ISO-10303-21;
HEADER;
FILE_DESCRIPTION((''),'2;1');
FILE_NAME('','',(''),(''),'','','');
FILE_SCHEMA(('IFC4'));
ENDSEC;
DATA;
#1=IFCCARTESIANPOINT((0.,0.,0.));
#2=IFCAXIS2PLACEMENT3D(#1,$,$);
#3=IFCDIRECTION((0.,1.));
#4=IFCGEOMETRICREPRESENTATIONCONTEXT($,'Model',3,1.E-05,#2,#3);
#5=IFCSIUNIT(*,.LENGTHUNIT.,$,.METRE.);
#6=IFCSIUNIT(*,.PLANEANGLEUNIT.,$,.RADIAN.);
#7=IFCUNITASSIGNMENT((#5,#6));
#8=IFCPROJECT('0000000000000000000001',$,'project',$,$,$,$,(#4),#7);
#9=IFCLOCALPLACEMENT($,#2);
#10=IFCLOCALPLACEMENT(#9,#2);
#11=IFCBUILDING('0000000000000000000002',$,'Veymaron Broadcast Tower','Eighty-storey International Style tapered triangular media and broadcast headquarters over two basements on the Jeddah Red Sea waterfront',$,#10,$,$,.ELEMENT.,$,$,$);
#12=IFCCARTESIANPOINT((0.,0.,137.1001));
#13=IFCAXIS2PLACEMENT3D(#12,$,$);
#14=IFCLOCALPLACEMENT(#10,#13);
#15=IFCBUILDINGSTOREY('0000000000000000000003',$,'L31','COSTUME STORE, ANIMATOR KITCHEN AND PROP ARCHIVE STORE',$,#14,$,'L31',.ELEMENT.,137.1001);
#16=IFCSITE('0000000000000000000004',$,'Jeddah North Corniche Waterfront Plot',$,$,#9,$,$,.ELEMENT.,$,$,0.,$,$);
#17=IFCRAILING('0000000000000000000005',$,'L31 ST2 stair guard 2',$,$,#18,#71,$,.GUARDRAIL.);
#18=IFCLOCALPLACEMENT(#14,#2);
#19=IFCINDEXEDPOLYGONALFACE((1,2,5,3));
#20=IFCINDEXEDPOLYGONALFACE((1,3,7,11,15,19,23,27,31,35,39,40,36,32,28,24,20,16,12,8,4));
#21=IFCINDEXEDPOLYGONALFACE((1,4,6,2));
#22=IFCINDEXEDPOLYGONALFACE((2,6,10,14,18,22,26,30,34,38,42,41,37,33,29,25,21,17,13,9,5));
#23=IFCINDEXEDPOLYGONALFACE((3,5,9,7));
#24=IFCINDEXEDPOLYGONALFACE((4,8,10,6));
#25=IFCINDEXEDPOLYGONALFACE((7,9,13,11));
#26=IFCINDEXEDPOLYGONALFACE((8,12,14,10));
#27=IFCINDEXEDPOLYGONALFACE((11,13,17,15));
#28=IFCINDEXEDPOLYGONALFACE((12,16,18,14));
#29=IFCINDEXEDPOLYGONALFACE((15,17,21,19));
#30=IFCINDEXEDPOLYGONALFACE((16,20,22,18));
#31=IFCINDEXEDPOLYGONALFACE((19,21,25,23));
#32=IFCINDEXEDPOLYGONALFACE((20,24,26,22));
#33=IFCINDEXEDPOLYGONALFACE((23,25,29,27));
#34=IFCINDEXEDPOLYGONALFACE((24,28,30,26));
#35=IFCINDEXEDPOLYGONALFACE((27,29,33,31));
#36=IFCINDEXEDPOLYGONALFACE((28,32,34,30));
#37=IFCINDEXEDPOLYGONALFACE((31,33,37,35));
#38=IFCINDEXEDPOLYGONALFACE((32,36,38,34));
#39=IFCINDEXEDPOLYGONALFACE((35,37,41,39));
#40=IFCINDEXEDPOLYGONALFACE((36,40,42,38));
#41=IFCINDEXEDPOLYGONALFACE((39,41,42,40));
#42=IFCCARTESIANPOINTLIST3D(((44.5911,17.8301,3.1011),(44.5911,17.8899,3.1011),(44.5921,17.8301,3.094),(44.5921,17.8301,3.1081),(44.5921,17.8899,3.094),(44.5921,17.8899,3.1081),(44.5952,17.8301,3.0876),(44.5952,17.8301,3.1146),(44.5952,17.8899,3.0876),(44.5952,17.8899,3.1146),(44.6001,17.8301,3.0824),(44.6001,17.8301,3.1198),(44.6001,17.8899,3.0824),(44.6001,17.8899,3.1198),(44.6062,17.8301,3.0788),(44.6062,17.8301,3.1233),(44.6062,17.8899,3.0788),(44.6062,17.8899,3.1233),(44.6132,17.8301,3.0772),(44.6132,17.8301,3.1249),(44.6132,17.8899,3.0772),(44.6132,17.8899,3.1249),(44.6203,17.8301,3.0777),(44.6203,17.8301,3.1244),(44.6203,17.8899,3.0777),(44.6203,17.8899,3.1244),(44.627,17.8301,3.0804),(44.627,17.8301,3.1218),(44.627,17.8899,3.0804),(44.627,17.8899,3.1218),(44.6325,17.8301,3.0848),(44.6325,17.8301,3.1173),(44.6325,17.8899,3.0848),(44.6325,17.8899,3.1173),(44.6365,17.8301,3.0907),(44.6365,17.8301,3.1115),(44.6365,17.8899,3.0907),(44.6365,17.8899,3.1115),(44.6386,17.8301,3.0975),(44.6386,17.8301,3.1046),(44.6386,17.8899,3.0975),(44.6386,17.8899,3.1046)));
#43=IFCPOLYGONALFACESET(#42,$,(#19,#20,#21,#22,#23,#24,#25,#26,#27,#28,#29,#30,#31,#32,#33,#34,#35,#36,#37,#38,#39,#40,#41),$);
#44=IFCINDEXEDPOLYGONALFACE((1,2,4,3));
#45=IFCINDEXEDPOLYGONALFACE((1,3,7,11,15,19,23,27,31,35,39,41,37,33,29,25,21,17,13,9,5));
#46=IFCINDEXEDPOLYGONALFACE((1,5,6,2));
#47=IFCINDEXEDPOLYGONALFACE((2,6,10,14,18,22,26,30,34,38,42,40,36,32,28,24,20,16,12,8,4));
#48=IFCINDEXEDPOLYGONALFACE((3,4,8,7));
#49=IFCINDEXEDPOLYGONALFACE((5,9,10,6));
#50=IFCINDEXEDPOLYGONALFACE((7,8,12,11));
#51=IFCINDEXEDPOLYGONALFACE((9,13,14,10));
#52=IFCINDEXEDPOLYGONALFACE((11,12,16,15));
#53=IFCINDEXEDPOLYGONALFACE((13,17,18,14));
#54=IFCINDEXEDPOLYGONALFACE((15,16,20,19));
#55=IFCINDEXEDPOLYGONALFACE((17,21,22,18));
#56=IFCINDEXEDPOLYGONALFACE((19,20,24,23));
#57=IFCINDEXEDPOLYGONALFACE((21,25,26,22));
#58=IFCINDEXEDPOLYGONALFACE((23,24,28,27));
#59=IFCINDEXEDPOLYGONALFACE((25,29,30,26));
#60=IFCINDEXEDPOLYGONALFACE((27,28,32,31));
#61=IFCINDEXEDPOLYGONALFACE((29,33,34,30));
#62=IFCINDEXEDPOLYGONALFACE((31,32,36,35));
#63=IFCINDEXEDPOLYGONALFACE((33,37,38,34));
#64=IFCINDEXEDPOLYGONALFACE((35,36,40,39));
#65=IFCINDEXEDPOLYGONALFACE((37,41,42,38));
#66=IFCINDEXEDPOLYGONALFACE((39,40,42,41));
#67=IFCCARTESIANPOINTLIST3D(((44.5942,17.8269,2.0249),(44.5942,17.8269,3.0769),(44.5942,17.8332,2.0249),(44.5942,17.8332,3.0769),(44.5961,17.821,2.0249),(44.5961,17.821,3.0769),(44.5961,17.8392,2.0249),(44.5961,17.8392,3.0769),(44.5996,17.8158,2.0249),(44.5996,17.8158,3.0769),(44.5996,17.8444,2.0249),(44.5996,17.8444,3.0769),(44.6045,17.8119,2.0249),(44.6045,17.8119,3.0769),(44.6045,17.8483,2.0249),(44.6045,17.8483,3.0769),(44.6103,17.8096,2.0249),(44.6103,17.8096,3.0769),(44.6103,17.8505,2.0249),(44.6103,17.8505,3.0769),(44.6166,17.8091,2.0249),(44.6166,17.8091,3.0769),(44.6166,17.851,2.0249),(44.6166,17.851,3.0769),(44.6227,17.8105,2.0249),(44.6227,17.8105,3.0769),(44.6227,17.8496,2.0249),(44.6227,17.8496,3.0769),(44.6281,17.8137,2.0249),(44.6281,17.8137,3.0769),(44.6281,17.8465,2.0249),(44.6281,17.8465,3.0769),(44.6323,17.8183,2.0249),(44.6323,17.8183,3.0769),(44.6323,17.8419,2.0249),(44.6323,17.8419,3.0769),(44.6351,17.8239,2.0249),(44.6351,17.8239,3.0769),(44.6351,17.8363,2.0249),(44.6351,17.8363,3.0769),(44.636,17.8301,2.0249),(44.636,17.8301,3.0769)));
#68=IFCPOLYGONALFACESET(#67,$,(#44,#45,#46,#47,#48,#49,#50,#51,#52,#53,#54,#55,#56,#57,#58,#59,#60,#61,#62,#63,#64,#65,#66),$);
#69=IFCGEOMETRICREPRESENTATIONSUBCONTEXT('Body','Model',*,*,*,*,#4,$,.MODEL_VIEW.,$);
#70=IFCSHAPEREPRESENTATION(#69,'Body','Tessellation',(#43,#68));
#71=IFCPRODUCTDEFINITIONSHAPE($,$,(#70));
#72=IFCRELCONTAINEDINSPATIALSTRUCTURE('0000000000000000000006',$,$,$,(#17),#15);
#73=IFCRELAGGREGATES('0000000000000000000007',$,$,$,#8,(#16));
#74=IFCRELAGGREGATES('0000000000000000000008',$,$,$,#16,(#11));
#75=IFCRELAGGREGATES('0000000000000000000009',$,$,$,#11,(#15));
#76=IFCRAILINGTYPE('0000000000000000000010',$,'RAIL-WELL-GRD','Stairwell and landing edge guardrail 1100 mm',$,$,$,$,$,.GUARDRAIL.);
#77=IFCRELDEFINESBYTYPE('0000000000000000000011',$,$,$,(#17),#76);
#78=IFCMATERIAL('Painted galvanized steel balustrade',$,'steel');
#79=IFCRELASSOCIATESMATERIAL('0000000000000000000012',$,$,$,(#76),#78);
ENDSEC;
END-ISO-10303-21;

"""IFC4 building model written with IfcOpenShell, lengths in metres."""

from ifc_helpers import new_model, si_unit, direction, frame, origin, origin_2d, place, context, subcontext, project, spatial, circle, extrude, material, type_object, element, save


model = new_model("IFC4")

# Units and contexts
model_context = context("Model", 3, precision=1e-05, world=origin(), true_north=direction((0.0, 1.0)))
body_context = subcontext(model_context, "Body", "Model", "MODEL_VIEW")
ifc_project = project(units=[si_unit("LENGTHUNIT", "METRE"), si_unit("PLANEANGLEUNIT", "RADIAN")], contexts=[model_context])

# Site, building, storey
site_placement = place(None, origin())
site = spatial("IfcSite", under=ifc_project, at=site_placement, Name="Jeddah North Corniche Waterfront Plot", CompositionType="ELEMENT", RefElevation=0.0)
building_placement = place(site_placement, origin())
building = spatial("IfcBuilding", under=site, at=building_placement, Name="Veymaron Broadcast Tower", Description="Eighty-storey International Style tapered triangular media and broadcast headquarters over two basements on the Jeddah Red Sea waterfront", CompositionType="ELEMENT")
storey_placement = place(building_placement, frame((0.0, 0.0, 137.1001)))
storey = spatial("IfcBuildingStorey", under=building, at=storey_placement, Name="L31", Description="COSTUME STORE, ANIMATOR KITCHEN AND PROP ARCHIVE STORE", LongName="L31", CompositionType="ELEMENT", Elevation=137.1001)

# Railing
ifc_material_1 = material(Name="Painted galvanized steel balustrade", Category="steel")
railing_type_1 = type_object("IfcRailingType", Name="RAIL-WELL-GRD", Description="Stairwell and landing edge guardrail 1100 mm", PredefinedType="GUARDRAIL", material=ifc_material_1)
railing_1_placement = place(storey_placement, frame((44.615, 17.8301, 2.0249)))
element("IfcRailing", 1, at=railing_1_placement, inside=storey, type_object=railing_type_1, Name="L31 ST2 stair guard 2", PredefinedType="GUARDRAIL", context=body_context, shape_type="SweptSolid", body=[
    extrude(circle(Radius=0.0239, at=origin_2d()), frame((0.0, 0.0, 1.0762), z_axis=(0.0, 1.0, 0.0), x_axis=(-1.0, 0.0, 0.0)), (0.0, 0.0, 1.0), 0.0598),
    extrude(circle(Radius=0.021, at=origin_2d()), origin(), (0.0, 0.0, 1.0), 1.052),
])

save(model, "model.ifc")
